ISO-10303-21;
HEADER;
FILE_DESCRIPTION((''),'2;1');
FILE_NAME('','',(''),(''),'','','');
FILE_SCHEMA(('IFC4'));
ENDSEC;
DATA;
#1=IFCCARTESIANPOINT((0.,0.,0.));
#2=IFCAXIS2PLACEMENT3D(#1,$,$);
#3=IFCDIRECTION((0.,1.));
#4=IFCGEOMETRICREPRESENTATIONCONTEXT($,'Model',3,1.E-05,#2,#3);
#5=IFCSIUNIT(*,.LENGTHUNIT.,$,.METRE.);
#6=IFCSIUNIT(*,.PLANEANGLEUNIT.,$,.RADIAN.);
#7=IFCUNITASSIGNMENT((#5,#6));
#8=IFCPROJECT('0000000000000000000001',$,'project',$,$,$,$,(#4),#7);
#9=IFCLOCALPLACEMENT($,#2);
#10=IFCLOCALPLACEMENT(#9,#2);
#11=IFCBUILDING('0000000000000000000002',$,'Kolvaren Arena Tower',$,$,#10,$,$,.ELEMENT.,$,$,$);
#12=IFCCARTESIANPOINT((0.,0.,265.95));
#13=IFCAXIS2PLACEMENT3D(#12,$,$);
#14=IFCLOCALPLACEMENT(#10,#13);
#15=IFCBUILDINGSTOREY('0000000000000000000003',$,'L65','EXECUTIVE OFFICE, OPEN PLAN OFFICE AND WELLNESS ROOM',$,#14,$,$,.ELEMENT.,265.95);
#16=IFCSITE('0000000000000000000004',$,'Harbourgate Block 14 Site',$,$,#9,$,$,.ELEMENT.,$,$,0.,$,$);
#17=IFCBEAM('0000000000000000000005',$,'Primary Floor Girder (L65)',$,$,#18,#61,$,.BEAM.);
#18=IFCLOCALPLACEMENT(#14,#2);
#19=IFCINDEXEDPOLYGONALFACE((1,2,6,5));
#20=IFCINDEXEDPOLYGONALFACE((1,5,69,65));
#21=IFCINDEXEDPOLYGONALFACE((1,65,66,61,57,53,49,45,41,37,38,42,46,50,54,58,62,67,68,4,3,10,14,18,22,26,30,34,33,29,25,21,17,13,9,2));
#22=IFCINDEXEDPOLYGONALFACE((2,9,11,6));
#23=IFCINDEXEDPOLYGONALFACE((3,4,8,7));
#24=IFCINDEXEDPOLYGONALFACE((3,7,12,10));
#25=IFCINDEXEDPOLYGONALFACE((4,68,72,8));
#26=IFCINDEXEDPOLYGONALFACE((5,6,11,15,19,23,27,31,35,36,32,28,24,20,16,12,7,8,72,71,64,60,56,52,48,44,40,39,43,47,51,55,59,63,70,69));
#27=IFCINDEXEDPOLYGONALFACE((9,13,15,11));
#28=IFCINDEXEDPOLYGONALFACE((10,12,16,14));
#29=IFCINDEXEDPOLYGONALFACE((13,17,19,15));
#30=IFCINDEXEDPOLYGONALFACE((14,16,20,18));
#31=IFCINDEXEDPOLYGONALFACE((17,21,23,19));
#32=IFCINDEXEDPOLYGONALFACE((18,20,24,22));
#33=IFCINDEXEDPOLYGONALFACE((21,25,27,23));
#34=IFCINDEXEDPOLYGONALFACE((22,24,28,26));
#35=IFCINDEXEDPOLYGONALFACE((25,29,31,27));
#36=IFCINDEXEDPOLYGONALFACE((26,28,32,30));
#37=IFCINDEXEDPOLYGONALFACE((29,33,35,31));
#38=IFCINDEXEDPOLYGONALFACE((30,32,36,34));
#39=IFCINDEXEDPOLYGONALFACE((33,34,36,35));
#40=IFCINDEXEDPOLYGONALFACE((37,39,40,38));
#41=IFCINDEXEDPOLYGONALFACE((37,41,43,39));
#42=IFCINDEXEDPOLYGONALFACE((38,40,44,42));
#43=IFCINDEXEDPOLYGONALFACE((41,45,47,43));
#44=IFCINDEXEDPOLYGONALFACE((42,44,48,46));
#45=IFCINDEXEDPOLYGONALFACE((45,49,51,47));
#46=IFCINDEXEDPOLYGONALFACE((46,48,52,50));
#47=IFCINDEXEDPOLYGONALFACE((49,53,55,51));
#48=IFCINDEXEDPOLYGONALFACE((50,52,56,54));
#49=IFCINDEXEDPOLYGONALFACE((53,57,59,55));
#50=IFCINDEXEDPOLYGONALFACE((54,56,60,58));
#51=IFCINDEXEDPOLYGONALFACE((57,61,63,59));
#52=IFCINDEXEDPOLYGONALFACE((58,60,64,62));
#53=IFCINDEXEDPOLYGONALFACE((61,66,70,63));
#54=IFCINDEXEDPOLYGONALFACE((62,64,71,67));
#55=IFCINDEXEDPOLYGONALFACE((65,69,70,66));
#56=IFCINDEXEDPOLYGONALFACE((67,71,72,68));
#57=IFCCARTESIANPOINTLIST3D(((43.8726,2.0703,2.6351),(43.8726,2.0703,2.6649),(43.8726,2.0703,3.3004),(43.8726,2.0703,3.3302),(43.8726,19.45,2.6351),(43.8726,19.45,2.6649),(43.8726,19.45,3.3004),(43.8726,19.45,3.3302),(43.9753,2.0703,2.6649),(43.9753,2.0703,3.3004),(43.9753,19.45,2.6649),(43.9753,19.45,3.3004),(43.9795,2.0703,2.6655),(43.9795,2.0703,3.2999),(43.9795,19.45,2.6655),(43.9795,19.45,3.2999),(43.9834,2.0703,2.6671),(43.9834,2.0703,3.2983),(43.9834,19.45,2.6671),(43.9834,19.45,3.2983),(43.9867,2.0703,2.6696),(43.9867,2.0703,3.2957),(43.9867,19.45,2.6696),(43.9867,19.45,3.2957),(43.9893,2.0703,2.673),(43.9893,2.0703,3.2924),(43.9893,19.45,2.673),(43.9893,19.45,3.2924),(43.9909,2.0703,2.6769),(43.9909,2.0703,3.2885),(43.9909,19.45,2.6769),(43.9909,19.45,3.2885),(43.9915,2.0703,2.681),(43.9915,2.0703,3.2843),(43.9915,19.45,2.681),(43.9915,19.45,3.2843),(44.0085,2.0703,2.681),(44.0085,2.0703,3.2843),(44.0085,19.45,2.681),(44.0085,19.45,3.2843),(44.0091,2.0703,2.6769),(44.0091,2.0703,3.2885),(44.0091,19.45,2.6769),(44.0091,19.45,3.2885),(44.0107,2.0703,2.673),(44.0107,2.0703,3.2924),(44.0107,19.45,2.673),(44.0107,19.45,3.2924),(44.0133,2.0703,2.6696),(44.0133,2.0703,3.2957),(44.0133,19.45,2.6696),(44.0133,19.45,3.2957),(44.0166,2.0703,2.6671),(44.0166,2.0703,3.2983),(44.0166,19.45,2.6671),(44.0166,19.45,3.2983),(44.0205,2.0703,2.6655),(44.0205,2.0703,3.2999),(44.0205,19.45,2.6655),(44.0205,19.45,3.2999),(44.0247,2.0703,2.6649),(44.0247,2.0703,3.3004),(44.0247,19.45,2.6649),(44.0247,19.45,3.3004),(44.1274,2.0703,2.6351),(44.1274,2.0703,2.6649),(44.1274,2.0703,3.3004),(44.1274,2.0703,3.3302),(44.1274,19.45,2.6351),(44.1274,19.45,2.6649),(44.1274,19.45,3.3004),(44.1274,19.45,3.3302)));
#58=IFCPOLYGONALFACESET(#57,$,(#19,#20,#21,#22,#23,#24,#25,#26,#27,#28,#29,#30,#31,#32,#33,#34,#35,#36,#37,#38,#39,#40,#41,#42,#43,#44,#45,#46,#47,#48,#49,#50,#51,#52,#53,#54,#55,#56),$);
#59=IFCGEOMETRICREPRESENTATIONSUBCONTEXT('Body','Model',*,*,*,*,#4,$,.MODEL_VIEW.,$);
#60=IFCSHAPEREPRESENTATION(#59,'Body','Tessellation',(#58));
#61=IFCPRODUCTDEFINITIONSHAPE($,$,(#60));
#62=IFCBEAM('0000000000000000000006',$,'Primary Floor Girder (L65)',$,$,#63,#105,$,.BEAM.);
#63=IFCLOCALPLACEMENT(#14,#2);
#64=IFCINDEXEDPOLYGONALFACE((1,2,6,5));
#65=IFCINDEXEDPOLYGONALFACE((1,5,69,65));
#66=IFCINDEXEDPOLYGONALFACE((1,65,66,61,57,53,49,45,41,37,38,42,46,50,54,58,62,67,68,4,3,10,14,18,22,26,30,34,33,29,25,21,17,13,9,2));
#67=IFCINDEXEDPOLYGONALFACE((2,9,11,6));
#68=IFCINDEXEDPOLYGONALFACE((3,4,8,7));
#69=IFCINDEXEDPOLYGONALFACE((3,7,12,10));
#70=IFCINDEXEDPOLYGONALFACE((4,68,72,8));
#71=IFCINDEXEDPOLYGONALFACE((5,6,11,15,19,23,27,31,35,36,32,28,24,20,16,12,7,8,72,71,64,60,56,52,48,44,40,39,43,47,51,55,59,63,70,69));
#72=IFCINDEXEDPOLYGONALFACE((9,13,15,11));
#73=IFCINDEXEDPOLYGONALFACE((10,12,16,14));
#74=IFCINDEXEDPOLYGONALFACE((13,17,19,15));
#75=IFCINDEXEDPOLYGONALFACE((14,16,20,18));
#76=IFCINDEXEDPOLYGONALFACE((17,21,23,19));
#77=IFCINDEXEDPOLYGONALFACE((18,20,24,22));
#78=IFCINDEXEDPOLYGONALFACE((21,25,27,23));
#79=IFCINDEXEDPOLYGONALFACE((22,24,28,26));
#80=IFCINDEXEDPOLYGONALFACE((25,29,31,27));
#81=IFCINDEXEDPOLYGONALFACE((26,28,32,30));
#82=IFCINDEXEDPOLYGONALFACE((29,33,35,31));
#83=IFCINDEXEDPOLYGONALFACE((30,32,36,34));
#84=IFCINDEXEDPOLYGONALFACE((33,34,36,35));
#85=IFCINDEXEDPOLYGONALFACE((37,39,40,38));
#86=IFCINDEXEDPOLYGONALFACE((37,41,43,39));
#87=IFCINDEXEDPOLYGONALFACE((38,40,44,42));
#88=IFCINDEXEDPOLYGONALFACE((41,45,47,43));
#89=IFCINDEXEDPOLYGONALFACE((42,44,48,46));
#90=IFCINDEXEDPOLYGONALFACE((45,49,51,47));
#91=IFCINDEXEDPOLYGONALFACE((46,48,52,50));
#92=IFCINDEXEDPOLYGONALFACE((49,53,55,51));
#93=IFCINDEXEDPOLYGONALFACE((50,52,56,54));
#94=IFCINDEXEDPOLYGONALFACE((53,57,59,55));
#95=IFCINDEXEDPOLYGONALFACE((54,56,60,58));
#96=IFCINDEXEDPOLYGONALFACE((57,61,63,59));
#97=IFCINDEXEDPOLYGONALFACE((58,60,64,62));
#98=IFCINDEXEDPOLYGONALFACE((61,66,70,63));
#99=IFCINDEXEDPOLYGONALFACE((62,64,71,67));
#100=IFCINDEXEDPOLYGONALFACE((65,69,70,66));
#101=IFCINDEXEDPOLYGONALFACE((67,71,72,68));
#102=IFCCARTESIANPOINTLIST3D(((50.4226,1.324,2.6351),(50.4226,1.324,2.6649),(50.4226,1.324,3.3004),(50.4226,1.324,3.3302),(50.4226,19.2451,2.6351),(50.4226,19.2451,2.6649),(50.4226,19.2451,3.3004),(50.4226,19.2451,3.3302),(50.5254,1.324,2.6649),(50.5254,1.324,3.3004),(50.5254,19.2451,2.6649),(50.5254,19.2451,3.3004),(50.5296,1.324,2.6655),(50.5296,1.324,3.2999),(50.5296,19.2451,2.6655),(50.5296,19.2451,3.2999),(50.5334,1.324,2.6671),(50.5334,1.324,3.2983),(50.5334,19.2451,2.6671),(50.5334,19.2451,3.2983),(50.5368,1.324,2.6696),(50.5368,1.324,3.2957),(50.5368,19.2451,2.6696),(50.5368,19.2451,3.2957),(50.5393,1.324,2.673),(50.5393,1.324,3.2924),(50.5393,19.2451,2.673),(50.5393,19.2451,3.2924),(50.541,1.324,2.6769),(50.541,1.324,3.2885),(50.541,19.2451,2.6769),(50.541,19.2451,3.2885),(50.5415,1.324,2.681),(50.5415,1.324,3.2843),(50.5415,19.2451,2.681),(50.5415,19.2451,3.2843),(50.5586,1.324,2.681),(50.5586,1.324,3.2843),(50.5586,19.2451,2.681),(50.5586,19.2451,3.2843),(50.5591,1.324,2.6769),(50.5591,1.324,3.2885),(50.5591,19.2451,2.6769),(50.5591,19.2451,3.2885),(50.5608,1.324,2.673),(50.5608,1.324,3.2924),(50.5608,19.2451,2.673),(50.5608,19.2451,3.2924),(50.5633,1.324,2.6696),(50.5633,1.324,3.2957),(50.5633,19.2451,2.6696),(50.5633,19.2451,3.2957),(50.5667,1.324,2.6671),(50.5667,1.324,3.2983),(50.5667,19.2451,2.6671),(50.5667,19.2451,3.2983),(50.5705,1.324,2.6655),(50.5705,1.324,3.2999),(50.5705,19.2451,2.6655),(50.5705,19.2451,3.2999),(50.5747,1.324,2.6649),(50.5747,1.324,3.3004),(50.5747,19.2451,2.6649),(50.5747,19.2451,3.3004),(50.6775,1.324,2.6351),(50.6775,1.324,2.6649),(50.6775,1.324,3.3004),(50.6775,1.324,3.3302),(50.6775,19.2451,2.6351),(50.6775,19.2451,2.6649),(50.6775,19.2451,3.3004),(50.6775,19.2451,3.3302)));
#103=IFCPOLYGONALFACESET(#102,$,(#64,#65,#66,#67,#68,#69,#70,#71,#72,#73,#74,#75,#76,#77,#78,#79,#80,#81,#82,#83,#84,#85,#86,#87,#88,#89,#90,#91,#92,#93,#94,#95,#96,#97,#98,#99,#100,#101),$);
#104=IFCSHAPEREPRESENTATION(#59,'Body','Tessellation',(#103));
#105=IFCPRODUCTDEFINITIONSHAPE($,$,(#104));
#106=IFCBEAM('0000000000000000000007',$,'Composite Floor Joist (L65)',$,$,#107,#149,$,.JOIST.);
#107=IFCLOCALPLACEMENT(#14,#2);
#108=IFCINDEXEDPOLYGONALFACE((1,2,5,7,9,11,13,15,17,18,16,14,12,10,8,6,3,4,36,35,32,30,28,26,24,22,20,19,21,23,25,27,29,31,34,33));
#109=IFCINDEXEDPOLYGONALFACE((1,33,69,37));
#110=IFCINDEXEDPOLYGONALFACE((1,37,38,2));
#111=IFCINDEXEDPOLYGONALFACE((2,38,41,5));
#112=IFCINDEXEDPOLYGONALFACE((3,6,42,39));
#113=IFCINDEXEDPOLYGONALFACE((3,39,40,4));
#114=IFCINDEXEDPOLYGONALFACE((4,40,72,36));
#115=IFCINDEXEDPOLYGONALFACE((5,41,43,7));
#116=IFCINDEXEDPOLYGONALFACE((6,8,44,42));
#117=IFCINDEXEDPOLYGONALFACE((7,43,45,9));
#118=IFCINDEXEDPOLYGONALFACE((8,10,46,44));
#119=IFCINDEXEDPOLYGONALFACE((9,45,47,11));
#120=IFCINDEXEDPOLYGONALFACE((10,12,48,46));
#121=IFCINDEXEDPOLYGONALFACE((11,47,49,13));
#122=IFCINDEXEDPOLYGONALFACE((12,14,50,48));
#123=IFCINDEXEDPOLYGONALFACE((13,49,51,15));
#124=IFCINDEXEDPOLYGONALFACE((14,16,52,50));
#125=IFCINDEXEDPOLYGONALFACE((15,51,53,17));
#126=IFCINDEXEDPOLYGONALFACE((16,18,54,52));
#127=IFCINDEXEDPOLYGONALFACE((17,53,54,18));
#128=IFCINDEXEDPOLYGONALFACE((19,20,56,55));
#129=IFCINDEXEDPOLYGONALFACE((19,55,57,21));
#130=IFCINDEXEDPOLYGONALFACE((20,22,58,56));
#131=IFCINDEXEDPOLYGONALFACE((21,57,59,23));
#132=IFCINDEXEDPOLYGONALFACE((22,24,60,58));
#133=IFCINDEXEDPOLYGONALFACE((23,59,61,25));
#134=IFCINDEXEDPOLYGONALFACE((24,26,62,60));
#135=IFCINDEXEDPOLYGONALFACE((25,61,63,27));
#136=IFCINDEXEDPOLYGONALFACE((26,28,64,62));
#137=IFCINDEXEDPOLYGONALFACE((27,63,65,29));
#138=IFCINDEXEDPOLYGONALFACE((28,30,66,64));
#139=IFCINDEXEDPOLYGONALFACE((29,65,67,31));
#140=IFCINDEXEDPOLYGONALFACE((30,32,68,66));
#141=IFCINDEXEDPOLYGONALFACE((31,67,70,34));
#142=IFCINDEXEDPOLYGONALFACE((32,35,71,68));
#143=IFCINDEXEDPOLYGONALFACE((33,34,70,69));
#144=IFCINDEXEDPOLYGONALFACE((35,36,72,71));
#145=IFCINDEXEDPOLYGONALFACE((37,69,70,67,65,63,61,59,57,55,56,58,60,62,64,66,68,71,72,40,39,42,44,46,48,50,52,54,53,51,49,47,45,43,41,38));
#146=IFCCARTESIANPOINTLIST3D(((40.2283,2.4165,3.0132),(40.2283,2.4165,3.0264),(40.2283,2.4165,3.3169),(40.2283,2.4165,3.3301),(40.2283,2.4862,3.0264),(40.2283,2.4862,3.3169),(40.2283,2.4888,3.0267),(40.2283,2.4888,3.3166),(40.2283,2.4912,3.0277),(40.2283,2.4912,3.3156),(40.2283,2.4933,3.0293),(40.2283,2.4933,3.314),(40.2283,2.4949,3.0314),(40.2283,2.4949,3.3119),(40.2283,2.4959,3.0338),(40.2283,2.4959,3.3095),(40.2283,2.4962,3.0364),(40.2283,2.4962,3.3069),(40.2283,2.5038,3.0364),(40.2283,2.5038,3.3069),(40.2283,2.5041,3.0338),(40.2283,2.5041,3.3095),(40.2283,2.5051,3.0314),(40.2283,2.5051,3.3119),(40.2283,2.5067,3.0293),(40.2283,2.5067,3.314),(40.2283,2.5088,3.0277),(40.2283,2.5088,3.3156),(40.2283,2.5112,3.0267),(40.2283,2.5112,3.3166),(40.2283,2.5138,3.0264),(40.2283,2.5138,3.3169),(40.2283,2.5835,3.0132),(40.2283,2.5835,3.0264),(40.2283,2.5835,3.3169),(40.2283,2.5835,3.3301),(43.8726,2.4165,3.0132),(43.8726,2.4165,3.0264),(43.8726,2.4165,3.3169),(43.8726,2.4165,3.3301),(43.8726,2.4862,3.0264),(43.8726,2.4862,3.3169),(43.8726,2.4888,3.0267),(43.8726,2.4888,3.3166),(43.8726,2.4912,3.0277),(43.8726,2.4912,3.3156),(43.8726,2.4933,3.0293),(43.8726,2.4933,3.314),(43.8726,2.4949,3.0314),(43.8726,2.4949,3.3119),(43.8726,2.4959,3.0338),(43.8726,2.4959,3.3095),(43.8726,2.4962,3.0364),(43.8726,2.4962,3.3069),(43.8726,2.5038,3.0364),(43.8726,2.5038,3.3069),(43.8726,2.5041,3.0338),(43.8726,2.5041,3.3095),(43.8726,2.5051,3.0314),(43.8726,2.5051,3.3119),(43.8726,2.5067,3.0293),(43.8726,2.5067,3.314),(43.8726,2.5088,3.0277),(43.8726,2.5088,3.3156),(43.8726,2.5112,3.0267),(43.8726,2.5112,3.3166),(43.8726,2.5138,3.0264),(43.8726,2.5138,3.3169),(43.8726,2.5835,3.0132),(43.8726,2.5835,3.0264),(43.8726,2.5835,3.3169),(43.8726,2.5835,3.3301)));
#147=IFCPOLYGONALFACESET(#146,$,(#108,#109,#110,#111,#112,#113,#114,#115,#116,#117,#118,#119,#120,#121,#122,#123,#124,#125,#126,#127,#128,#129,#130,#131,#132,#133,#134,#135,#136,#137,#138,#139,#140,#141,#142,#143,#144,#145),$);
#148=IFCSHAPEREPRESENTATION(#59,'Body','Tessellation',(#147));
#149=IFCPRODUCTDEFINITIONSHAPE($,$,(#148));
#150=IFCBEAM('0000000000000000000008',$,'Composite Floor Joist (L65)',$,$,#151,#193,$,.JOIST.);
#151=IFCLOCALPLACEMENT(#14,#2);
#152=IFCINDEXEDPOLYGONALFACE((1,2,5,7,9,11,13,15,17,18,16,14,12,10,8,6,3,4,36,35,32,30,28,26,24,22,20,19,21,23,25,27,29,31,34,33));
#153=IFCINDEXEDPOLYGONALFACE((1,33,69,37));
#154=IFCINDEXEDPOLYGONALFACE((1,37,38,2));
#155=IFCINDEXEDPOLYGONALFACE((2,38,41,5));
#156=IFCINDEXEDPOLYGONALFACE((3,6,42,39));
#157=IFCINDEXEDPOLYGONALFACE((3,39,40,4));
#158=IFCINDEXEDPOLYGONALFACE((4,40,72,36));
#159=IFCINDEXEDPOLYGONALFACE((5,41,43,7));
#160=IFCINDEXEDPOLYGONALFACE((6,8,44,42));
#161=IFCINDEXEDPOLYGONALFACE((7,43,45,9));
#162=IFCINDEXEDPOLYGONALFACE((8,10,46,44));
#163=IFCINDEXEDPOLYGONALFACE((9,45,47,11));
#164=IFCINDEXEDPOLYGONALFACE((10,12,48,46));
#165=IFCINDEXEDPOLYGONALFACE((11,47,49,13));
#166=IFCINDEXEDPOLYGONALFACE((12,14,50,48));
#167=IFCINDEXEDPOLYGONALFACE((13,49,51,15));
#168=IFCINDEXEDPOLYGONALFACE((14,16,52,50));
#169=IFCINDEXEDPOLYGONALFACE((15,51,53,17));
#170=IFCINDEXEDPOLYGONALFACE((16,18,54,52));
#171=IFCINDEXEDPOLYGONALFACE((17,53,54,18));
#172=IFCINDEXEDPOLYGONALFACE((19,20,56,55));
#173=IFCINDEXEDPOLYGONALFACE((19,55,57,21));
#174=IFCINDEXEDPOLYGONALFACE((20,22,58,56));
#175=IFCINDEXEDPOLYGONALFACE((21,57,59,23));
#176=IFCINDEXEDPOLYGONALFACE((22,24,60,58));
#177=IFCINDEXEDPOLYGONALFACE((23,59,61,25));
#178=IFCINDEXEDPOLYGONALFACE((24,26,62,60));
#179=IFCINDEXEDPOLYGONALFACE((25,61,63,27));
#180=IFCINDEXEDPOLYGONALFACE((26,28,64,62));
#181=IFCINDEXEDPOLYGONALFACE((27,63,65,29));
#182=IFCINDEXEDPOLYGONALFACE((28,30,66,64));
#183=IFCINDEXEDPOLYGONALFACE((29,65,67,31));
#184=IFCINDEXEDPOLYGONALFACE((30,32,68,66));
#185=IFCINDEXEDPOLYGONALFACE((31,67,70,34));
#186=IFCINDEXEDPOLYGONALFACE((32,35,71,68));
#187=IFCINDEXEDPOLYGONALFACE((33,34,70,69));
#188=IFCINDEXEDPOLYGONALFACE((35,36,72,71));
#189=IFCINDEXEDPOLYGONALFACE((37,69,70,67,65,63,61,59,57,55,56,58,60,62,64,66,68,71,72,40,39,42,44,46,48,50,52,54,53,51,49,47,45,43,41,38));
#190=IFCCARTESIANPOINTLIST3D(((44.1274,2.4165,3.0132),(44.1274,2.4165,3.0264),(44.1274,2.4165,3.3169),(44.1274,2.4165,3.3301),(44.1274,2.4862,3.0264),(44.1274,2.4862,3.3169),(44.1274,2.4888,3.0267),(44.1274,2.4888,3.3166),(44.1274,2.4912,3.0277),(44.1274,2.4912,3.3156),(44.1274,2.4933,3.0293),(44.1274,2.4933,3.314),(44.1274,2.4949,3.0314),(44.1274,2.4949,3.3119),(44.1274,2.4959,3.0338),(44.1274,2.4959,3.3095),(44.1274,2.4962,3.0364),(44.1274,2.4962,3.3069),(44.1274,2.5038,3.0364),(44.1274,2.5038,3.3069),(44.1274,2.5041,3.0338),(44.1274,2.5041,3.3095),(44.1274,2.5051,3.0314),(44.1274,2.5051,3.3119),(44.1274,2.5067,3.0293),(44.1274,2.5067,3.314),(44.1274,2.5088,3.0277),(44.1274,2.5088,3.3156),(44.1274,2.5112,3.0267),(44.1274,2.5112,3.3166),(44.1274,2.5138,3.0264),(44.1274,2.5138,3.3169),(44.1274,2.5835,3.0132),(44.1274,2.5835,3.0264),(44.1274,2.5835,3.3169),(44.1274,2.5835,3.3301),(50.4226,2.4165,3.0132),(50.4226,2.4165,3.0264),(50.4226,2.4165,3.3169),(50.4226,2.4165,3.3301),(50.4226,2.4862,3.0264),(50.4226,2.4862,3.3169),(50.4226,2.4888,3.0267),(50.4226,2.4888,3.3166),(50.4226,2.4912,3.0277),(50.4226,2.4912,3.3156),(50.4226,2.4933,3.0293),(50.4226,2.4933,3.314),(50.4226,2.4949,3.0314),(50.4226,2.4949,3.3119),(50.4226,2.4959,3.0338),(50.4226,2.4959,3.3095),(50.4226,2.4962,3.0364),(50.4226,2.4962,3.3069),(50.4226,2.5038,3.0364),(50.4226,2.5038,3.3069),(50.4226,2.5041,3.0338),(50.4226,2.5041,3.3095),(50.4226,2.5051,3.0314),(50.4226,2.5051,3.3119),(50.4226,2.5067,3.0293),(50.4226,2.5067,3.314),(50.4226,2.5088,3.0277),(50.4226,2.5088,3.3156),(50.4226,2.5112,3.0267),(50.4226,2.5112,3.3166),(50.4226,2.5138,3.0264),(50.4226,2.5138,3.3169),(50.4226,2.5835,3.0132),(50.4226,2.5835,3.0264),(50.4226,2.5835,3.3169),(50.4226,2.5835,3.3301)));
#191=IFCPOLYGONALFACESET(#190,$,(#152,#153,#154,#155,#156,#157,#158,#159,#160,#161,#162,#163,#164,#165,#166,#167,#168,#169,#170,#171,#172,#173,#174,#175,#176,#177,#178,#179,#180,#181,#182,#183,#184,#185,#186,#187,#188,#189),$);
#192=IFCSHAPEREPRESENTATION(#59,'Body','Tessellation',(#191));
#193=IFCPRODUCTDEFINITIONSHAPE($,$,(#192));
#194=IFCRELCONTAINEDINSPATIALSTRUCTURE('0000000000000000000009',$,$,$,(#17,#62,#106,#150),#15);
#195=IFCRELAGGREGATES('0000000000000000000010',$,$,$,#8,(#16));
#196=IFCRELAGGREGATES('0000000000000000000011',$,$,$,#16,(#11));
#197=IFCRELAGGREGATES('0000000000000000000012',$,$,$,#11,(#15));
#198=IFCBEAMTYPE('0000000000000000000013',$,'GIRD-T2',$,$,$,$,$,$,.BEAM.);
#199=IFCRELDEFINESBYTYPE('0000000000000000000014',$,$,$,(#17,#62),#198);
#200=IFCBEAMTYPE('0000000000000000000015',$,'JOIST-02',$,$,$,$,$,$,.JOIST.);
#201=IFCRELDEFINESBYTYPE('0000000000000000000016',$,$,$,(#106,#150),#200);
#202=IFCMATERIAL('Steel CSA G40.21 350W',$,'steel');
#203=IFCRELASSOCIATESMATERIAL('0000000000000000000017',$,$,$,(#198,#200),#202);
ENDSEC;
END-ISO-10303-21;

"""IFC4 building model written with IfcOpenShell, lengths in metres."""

from ifc_helpers import new_model, si_unit, direction, frame, origin, origin_2d, place, context, subcontext, project, spatial, i_section, extrude, material, material_profile, profile_set, type_object, element, save


model = new_model("IFC4")

# Units and contexts
model_context = context("Model", 3, precision=1e-05, world=origin(), true_north=direction((0.0, 1.0)))
body_context = subcontext(model_context, "Body", "Model", "MODEL_VIEW")
ifc_project = project(units=[si_unit("LENGTHUNIT", "METRE"), si_unit("PLANEANGLEUNIT", "RADIAN")], contexts=[model_context])

# Site, building, storey
site_placement = place(None, origin())
site = spatial("IfcSite", under=ifc_project, at=site_placement, Name="Harbourgate Block 14 Site", CompositionType="ELEMENT", RefElevation=0.0)
building_placement = place(site_placement, origin())
building = spatial("IfcBuilding", under=site, at=building_placement, Name="Kolvaren Arena Tower", CompositionType="ELEMENT")
storey_placement = place(building_placement, frame((0.0, 0.0, 265.95)))
storey = spatial("IfcBuildingStorey", under=building, at=storey_placement, Name="L65", Description="EXECUTIVE OFFICE, OPEN PLAN OFFICE AND WELLNESS ROOM", CompositionType="ELEMENT", Elevation=265.95)

# Beams
ifc_material_1 = material(Name="Steel CSA G40.21 350W", Category="steel")
ifc_material_profile_1 = material_profile(ifc_material_1, i_section(OverallWidth=0.2549, OverallDepth=0.6951, WebThickness=0.0171, FlangeThickness=0.0298, FilletRadius=0.0161, at=origin_2d()), Name="W690x217")
ifc_profile_set_1 = profile_set([ifc_material_profile_1], Name="Steel CSA G40.21 350W")
beam_type_1 = type_object("IfcBeamType", Name="GIRD-T2", PredefinedType="BEAM", material=ifc_profile_set_1)
beam_1_placement = place(storey_placement, frame((44.0, 2.0703, 2.9827), z_axis=(0.0, 1.0, 0.0), x_axis=(-1.0, 0.0, 0.0)))
element("IfcBeam", 1, at=beam_1_placement, inside=storey, type_object=beam_type_1, Name="Primary Floor Girder (L65)", PredefinedType="BEAM", context=body_context, shape_type="SweptSolid", body=[
    extrude(i_section(OverallWidth=0.2549, OverallDepth=0.6951, WebThickness=0.0171, FlangeThickness=0.0298, FilletRadius=0.0161, at=origin_2d()), origin(), (0.0, 0.0, 1.0), 17.3796),
])
beam_2_placement = place(storey_placement, frame((50.55, 1.324, 2.9827), z_axis=(0.0, 1.0, 0.0), x_axis=(-1.0, 0.0, 0.0)))
element("IfcBeam", 2, at=beam_2_placement, inside=storey, type_object=beam_type_1, Name="Primary Floor Girder (L65)", PredefinedType="BEAM", context=body_context, shape_type="SweptSolid", body=[
    extrude(i_section(OverallWidth=0.2549, OverallDepth=0.6951, WebThickness=0.0171, FlangeThickness=0.0298, FilletRadius=0.0161, at=origin_2d()), origin(), (0.0, 0.0, 1.0), 17.9211),
])
ifc_material_profile_2 = material_profile(ifc_material_1, i_section(OverallWidth=0.167, OverallDepth=0.3169, WebThickness=0.0076, FlangeThickness=0.0132, FilletRadius=0.01, at=origin_2d()), Name="W310x52")
ifc_profile_set_2 = profile_set([ifc_material_profile_2], Name="Steel CSA G40.21 350W")
beam_type_2 = type_object("IfcBeamType", Name="JOIST-02", PredefinedType="JOIST", material=ifc_profile_set_2)
beam_3_placement = place(storey_placement, frame((40.2283, 2.5, 3.1716), z_axis=(1.0, 0.0, 0.0), x_axis=(0.0, 1.0, 0.0)))
element("IfcBeam", 3, at=beam_3_placement, inside=storey, type_object=beam_type_2, Name="Composite Floor Joist (L65)", PredefinedType="JOIST", context=body_context, shape_type="SweptSolid", body=[
    extrude(i_section(OverallWidth=0.167, OverallDepth=0.3169, WebThickness=0.0076, FlangeThickness=0.0132, FilletRadius=0.01, at=origin_2d()), origin(), (0.0, 0.0, 1.0), 3.6443),
])
for number, where, z_axis, x_axis, name in (
    (4, (44.1274, 2.5, 3.1716), (1.0, 0.0, 0.0), (0.0, 1.0, 0.0), "Composite Floor Joist (L65)"),
):
    element("IfcBeam", number, at=place(storey_placement, frame(where, z_axis=z_axis, x_axis=x_axis)), inside=storey, type_object=beam_type_2, Name=name, PredefinedType="JOIST", context=body_context, shape_type="SweptSolid", body=[
        extrude(i_section(OverallWidth=0.167, OverallDepth=0.3169, WebThickness=0.0076, FlangeThickness=0.0132, FilletRadius=0.01, at=origin_2d()), origin(), (0.0, 0.0, 1.0), 6.2952),
    ])

save(model, "model.ifc")
